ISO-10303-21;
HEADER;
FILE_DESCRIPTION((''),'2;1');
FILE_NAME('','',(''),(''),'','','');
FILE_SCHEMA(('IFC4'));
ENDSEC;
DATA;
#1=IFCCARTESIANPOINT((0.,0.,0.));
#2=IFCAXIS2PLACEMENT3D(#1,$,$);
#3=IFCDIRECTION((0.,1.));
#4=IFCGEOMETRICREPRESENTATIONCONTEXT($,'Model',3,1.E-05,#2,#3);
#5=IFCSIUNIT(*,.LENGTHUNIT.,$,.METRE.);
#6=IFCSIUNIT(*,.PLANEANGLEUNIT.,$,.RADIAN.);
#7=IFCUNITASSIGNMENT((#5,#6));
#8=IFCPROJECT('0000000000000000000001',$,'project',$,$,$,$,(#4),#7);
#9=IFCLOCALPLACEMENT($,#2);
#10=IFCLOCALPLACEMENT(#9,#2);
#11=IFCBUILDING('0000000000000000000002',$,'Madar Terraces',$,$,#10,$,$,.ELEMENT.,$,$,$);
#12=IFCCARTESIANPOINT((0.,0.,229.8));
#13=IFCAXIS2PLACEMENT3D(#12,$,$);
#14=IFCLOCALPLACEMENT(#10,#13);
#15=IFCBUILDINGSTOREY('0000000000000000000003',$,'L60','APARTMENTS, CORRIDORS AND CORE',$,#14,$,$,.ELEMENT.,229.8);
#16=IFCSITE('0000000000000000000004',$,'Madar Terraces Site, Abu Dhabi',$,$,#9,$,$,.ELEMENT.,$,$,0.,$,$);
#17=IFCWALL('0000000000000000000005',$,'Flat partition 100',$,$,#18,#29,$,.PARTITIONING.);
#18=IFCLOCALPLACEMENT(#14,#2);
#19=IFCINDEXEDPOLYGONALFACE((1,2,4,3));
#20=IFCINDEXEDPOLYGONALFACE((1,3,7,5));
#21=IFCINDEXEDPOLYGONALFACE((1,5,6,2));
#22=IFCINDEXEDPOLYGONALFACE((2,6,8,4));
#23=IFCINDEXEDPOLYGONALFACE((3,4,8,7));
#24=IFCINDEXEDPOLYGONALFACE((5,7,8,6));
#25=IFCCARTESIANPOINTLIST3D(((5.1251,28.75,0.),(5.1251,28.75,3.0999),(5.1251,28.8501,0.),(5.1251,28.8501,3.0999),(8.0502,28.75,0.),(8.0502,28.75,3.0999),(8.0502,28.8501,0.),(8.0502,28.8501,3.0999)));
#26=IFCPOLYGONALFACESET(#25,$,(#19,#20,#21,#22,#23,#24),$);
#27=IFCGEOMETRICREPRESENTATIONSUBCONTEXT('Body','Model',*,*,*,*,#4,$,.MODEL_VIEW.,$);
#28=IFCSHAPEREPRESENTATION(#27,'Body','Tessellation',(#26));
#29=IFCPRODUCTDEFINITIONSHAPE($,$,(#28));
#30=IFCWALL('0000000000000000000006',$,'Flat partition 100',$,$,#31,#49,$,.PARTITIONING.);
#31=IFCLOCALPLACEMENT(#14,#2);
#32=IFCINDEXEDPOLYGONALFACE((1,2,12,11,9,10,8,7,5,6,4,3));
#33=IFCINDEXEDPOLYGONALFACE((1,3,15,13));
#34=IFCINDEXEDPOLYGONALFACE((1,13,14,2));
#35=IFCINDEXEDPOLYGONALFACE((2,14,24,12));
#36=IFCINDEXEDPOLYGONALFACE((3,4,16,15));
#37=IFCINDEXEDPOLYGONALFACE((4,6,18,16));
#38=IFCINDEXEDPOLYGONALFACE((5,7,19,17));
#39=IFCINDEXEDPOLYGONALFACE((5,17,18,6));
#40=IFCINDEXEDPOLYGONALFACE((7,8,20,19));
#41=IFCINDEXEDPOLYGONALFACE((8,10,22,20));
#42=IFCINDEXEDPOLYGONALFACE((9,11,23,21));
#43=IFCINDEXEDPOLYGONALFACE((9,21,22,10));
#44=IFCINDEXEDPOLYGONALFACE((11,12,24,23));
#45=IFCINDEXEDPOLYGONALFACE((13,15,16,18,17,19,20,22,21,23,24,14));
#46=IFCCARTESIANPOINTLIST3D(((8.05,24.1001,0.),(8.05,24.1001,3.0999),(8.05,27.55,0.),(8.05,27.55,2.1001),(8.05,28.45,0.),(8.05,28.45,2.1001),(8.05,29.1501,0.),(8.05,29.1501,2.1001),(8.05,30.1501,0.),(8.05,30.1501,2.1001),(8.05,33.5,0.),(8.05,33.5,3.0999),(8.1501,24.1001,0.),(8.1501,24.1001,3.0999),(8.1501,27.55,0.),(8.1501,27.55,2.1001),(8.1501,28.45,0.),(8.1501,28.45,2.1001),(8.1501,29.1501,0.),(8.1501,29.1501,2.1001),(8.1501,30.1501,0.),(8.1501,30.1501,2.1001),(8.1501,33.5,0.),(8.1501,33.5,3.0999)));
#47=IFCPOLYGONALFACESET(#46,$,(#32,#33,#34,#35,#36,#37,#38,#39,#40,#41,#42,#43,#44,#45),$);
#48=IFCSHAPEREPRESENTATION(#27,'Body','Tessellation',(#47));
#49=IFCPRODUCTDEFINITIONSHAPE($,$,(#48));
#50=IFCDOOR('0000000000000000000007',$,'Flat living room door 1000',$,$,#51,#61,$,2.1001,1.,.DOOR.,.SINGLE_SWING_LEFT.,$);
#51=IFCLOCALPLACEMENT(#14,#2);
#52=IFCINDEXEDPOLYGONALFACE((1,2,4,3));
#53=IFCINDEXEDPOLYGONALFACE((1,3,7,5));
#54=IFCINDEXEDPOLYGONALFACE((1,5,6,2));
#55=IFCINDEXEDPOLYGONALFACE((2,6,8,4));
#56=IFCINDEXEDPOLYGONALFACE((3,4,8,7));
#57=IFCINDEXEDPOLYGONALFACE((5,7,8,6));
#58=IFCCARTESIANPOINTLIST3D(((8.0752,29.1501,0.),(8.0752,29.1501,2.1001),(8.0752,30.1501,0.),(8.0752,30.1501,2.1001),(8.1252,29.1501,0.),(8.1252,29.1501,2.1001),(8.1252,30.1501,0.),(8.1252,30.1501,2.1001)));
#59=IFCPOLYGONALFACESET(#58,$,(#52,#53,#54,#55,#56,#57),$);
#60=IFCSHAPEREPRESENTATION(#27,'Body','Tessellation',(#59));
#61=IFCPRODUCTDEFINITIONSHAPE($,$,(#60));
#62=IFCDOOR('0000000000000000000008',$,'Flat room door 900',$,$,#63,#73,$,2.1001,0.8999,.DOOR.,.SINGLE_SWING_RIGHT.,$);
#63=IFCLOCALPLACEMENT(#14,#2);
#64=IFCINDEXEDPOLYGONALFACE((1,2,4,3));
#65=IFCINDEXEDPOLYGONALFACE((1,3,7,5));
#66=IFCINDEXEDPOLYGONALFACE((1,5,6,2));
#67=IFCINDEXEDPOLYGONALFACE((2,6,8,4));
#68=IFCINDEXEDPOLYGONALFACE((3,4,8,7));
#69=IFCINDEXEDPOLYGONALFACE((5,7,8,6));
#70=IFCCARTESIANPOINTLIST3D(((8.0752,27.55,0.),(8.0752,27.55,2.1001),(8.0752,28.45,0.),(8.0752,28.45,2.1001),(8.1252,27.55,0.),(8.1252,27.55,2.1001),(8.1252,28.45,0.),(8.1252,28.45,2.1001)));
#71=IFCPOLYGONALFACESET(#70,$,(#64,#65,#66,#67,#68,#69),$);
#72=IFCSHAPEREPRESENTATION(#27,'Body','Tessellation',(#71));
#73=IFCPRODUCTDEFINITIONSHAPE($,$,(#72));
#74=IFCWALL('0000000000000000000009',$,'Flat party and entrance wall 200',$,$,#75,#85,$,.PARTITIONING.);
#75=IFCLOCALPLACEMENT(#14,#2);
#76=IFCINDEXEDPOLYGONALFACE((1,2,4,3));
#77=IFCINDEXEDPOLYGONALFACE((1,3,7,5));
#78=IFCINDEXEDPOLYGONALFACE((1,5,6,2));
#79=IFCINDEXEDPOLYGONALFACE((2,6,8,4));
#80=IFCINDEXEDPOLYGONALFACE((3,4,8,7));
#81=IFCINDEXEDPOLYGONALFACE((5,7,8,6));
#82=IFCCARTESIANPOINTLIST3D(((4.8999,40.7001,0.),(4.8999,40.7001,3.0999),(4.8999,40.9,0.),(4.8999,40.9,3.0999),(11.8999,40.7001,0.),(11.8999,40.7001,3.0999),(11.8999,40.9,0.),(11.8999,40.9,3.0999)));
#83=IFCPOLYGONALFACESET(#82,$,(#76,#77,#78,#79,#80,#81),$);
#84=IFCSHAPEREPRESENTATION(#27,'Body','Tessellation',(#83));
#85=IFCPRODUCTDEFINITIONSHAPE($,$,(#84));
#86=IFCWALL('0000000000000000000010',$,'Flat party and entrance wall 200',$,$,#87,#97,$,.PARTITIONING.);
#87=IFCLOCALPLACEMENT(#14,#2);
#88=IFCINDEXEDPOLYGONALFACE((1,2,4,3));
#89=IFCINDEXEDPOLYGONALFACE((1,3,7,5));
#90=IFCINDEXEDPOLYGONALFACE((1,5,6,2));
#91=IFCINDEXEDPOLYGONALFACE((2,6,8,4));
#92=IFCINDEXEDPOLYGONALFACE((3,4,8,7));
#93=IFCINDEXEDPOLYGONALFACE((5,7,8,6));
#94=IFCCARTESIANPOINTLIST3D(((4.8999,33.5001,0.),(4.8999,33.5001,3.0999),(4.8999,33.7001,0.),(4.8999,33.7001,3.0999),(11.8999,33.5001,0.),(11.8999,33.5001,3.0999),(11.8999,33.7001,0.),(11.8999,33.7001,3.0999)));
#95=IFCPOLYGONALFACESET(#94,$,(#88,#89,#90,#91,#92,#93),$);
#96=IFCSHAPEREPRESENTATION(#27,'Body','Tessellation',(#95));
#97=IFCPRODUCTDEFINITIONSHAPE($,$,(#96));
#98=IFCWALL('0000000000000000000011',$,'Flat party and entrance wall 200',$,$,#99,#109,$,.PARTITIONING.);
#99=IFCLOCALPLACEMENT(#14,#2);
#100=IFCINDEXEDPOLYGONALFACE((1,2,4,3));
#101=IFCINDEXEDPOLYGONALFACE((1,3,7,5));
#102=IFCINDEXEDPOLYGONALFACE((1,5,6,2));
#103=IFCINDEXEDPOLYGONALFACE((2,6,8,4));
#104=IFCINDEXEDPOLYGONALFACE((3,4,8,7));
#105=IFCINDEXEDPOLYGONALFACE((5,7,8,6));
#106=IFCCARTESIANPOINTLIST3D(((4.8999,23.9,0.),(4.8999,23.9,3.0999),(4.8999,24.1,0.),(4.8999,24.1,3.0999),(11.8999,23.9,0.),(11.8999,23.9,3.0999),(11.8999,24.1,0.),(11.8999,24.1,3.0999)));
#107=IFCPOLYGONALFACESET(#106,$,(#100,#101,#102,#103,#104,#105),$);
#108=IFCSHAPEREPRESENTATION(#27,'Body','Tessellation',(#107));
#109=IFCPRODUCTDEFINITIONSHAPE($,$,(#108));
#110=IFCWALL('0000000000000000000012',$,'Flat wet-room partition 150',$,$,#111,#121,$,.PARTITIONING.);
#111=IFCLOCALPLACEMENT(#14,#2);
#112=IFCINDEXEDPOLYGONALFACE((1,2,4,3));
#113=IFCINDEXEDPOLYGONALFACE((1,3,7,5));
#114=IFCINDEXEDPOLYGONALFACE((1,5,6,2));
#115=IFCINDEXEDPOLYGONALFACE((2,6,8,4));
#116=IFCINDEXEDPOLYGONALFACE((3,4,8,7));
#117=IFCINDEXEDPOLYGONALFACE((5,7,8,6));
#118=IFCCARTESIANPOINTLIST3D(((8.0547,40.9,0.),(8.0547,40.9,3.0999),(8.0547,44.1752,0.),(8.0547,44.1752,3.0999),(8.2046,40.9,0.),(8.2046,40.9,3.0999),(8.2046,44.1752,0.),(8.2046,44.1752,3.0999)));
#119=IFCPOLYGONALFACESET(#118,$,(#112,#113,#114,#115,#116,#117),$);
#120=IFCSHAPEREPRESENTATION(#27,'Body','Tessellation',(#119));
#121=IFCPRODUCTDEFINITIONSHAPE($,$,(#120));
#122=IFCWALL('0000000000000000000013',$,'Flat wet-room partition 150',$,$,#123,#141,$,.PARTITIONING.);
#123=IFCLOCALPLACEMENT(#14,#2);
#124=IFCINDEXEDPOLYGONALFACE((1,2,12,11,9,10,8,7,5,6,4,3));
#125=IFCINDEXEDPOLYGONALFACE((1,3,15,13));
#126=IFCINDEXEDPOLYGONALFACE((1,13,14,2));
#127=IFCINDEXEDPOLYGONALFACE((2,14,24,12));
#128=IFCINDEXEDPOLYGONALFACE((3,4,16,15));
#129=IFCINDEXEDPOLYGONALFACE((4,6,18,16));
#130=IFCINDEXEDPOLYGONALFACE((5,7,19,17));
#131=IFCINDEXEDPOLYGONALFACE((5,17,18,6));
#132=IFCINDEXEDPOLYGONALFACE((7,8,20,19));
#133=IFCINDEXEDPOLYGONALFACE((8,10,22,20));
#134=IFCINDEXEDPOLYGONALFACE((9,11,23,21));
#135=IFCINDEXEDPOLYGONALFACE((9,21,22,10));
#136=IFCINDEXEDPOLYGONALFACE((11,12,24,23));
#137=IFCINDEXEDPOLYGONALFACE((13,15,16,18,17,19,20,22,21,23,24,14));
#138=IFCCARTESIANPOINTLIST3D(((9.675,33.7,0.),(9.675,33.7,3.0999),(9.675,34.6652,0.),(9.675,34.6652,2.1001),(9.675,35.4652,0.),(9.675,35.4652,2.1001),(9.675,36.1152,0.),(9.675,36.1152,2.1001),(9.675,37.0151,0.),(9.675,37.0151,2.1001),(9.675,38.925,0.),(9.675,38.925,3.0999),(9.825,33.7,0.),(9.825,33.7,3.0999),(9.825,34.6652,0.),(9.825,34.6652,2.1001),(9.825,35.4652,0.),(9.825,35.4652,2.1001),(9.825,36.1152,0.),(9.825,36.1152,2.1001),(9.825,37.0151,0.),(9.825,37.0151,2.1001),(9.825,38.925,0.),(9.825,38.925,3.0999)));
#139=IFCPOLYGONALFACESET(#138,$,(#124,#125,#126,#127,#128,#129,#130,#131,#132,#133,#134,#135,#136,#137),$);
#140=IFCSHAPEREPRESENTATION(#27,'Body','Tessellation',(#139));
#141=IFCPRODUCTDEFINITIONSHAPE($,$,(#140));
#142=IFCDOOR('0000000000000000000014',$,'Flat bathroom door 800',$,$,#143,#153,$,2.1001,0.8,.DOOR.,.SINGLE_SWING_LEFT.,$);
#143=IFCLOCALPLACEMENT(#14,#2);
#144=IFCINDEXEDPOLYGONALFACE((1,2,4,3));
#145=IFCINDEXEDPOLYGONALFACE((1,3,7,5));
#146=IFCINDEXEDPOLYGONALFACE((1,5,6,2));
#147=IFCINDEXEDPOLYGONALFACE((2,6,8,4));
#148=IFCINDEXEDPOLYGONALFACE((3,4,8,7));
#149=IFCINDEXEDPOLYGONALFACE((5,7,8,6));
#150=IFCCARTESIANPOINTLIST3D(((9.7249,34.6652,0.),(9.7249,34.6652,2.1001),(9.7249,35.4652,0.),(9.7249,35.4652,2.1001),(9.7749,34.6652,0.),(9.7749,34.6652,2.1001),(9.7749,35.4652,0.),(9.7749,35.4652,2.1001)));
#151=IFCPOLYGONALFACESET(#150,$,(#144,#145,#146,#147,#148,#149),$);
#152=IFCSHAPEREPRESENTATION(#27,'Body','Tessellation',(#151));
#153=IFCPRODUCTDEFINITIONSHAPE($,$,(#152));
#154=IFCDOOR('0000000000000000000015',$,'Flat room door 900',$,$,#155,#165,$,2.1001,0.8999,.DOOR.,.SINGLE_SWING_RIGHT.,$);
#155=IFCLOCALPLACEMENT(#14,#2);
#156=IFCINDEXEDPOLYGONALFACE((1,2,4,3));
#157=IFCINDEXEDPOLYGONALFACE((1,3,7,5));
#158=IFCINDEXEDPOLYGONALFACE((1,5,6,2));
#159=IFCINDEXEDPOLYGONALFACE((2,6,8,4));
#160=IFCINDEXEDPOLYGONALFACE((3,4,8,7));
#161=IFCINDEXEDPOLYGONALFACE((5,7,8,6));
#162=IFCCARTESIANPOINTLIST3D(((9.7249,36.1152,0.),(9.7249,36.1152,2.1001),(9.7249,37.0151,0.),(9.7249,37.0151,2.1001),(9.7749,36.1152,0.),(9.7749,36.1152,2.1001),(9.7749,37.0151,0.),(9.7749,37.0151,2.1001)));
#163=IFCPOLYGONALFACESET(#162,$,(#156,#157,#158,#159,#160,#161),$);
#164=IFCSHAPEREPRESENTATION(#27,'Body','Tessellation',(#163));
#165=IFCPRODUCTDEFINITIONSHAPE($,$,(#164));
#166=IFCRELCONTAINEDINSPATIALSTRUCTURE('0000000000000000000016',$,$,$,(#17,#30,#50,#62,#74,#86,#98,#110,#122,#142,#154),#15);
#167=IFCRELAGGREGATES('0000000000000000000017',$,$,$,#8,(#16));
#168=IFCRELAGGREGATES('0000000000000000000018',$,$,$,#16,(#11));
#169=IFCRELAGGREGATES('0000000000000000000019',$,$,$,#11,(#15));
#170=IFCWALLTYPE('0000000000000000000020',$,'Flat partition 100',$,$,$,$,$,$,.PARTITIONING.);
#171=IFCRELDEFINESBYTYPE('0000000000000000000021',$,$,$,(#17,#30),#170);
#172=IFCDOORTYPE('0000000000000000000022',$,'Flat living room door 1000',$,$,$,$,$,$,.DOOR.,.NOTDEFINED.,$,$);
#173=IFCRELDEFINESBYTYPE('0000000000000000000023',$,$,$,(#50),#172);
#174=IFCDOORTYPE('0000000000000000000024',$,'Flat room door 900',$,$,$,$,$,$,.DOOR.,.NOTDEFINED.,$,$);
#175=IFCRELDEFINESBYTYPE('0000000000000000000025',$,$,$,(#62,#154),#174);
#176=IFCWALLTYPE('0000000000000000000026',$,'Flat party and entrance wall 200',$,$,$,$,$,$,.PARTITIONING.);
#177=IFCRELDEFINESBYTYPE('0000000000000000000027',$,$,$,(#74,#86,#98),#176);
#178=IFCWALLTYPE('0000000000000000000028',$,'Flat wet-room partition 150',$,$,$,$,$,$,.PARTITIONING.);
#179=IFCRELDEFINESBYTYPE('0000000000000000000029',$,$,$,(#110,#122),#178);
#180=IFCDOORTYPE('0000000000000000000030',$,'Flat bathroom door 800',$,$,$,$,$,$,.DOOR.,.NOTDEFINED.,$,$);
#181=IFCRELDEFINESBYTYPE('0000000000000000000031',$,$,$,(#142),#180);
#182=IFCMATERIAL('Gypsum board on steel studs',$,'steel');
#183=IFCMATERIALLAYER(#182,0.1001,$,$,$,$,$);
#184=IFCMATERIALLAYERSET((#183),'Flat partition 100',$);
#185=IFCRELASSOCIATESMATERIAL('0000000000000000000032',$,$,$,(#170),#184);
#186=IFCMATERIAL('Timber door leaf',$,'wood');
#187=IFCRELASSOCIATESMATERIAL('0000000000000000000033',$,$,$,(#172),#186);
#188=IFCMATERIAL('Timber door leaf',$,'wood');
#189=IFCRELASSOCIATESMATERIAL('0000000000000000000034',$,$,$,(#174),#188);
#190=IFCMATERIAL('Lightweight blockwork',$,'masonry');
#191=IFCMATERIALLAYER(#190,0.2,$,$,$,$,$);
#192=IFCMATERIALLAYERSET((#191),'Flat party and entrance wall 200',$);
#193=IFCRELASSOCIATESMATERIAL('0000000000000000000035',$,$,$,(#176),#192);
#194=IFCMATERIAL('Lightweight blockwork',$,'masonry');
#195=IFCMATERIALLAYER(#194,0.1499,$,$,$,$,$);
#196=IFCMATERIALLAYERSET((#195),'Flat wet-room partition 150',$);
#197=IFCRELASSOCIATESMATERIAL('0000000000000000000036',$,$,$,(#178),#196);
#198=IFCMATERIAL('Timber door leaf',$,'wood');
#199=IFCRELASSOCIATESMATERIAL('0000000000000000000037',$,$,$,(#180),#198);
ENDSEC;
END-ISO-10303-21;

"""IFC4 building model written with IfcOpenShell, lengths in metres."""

from ifc_helpers import new_model, si_unit, direction, frame, frame_2d, origin, place, context, subcontext, project, spatial, rectangle, extrude, material, layer, layer_set, type_object, element, fill, save


model = new_model("IFC4")

# Units and contexts
model_context = context("Model", 3, precision=1e-05, world=origin(), true_north=direction((0.0, 1.0)))
body_context = subcontext(model_context, "Body", "Model", "MODEL_VIEW")
ifc_project = project(units=[si_unit("LENGTHUNIT", "METRE"), si_unit("PLANEANGLEUNIT", "RADIAN")], contexts=[model_context])

# Site, building, storey
site_placement = place(None, origin())
site = spatial("IfcSite", under=ifc_project, at=site_placement, Name="Madar Terraces Site, Abu Dhabi", CompositionType="ELEMENT", RefElevation=0.0)
building_placement = place(site_placement, origin())
building = spatial("IfcBuilding", under=site, at=building_placement, Name="Madar Terraces", CompositionType="ELEMENT")
storey_placement = place(building_placement, frame((0.0, 0.0, 229.8)))
storey = spatial("IfcBuildingStorey", under=building, at=storey_placement, Name="L60", Description="APARTMENTS, CORRIDORS AND CORE", CompositionType="ELEMENT", Elevation=229.8)

# Shared definitions
ifc_material_1 = material(Name="Gypsum board on steel studs", Category="steel")
ifc_layer_1 = layer(ifc_material_1, 0.1001)
ifc_layer_set_1 = layer_set([ifc_layer_1], Name="Flat partition 100")
wall_type_1 = type_object("IfcWallType", Name="Flat partition 100", PredefinedType="PARTITIONING", material=ifc_layer_set_1)
ifc_material_2 = material(Name="Timber door leaf", Category="wood")
door_type_1 = type_object("IfcDoorType", Name="Flat living room door 1000", OperationType="NOTDEFINED", PredefinedType="DOOR", material=ifc_material_2)

# Wall
wall_1_placement = place(storey_placement, frame((8.05, 28.8, 0.0), z_axis=(0.0, 0.0, 1.0), x_axis=(-1.0, 0.0, 0.0)))
element("IfcWall", 1, at=wall_1_placement, inside=storey, type_object=wall_type_1, Name="Flat partition 100", PredefinedType="PARTITIONING", context=body_context, shape_type="SweptSolid", body=[
    extrude(rectangle(XDim=2.925, YDim=0.1001, at=frame_2d((1.4624, 0.0))), origin(), (0.0, 0.0, 1.0), 3.0999),
])

# Wall, openings, doors
wall_2_placement = place(storey_placement, frame((8.1001, 24.1001, 0.0), z_axis=(0.0, 0.0, 1.0), x_axis=(0.0, 1.0, 0.0)))
wall_2 = element("IfcWall", 2, at=wall_2_placement, inside=storey, type_object=wall_type_1, Name="Flat partition 100", PredefinedType="PARTITIONING", context=body_context, shape_type="SweptSolid", body=[
    extrude(rectangle(XDim=9.3999, YDim=0.1001, at=frame_2d((4.7, 0.0))), origin(), (0.0, 0.0, 1.0), 3.0999),
])
opening_1_placement = place(wall_2_placement, frame((5.05, 0.0, 0.0)))
opening_1 = element("IfcOpeningElement", 3, at=opening_1_placement, cuts=wall_2, PredefinedType="OPENING", context=body_context, shape_type="SweptSolid", body=[
    extrude(rectangle(XDim=1.0, YDim=2.1001, at=frame_2d((0.5, 1.05))), frame((0.0, 0.0601, 0.0), z_axis=(0.0, -1.0, 0.0), x_axis=(1.0, 0.0, 0.0)), (0.0, 0.0, 1.0), 0.1201),
])
opening_2_placement = place(wall_2_placement, frame((3.45, 0.0, 0.0)))
opening_2 = element("IfcOpeningElement", 4, at=opening_2_placement, cuts=wall_2, PredefinedType="OPENING", context=body_context, shape_type="SweptSolid", body=[
    extrude(rectangle(XDim=0.8999, YDim=2.1001, at=frame_2d((0.45, 1.05))), frame((0.0, 0.0601, 0.0), z_axis=(0.0, -1.0, 0.0), x_axis=(1.0, 0.0, 0.0)), (0.0, 0.0, 1.0), 0.1201),
])
door_1_placement = place(opening_1_placement, origin())
door_1 = element("IfcDoor", 5, at=door_1_placement, inside=storey, type_object=door_type_1, Name="Flat living room door 1000", OperationType="SINGLE_SWING_LEFT", OverallHeight=2.1001, OverallWidth=1.0, PredefinedType="DOOR", context=body_context, shape_type="SweptSolid", body=[
    extrude(rectangle(XDim=1.0, YDim=2.1001, at=frame_2d((0.5, 1.05))), frame((0.0, 0.0249, 0.0), z_axis=(0.0, -1.0, 0.0), x_axis=(1.0, 0.0, 0.0)), (0.0, 0.0, 1.0), 0.05),
])
fill(opening_1, door_1)
ifc_material_3 = material(Name="Timber door leaf", Category="wood")
door_type_2 = type_object("IfcDoorType", Name="Flat room door 900", OperationType="NOTDEFINED", PredefinedType="DOOR", material=ifc_material_3)
door_2_placement = place(opening_2_placement, origin())
door_2 = element("IfcDoor", 6, at=door_2_placement, inside=storey, type_object=door_type_2, Name="Flat room door 900", OperationType="SINGLE_SWING_RIGHT", OverallHeight=2.1001, OverallWidth=0.8999, PredefinedType="DOOR", context=body_context, shape_type="SweptSolid", body=[
    extrude(rectangle(XDim=0.8999, YDim=2.1001, at=frame_2d((0.45, 1.05))), frame((0.0, 0.0249, 0.0), z_axis=(0.0, -1.0, 0.0), x_axis=(1.0, 0.0, 0.0)), (0.0, 0.0, 1.0), 0.05),
])
fill(opening_2, door_2)

# Walls
ifc_material_4 = material(Name="Lightweight blockwork", Category="masonry")
ifc_layer_2 = layer(ifc_material_4, 0.2)
ifc_layer_set_2 = layer_set([ifc_layer_2], Name="Flat party and entrance wall 200")
wall_type_2 = type_object("IfcWallType", Name="Flat party and entrance wall 200", PredefinedType="PARTITIONING", material=ifc_layer_set_2)
for number, where, z_axis, x_axis, name in (
    (7, (4.8999, 40.8, 0.0), (0.0, 0.0, 1.0), (1.0, 0.0, 0.0), "Flat party and entrance wall 200"),
    (8, (4.8999, 33.6001, 0.0), (0.0, 0.0, 1.0), (1.0, 0.0, 0.0), "Flat party and entrance wall 200"),
    (9, (4.8999, 24.0, 0.0), (0.0, 0.0, 1.0), (1.0, 0.0, 0.0), "Flat party and entrance wall 200"),
):
    element("IfcWall", number, at=place(storey_placement, frame(where, z_axis=z_axis, x_axis=x_axis)), inside=storey, type_object=wall_type_2, Name=name, PredefinedType="PARTITIONING", context=body_context, shape_type="SweptSolid", body=[
        extrude(rectangle(XDim=7.0, YDim=0.2, at=frame_2d((3.5, 0.0))), origin(), (0.0, 0.0, 1.0), 3.0999),
    ])
ifc_material_5 = material(Name="Lightweight blockwork", Category="masonry")
ifc_layer_3 = layer(ifc_material_5, 0.1499)
ifc_layer_set_3 = layer_set([ifc_layer_3], Name="Flat wet-room partition 150")
wall_type_3 = type_object("IfcWallType", Name="Flat wet-room partition 150", PredefinedType="PARTITIONING", material=ifc_layer_set_3)
wall_3_placement = place(storey_placement, frame((8.1296, 40.8999, 0.0), z_axis=(0.0, 0.0, 1.0), x_axis=(0.0, 1.0, 0.0)))
element("IfcWall", 10, at=wall_3_placement, inside=storey, type_object=wall_type_3, Name="Flat wet-room partition 150", PredefinedType="PARTITIONING", context=body_context, shape_type="SweptSolid", body=[
    extrude(rectangle(XDim=3.2751, YDim=0.1499, at=frame_2d((1.6377, 0.0))), origin(), (0.0, 0.0, 1.0), 3.0999),
])

# Wall, openings, doors
wall_4_placement = place(storey_placement, frame((9.75, 38.925, 0.0), z_axis=(0.0, 0.0, 1.0), x_axis=(0.0, -1.0, 0.0)))
wall_4 = element("IfcWall", 11, at=wall_4_placement, inside=storey, type_object=wall_type_3, Name="Flat wet-room partition 150", PredefinedType="PARTITIONING", context=body_context, shape_type="SweptSolid", body=[
    extrude(rectangle(XDim=5.2251, YDim=0.1499, at=frame_2d((2.6125, 0.0))), origin(), (0.0, 0.0, 1.0), 3.0999),
])
opening_3_placement = place(wall_4_placement, frame((1.9099, 0.0, 0.0)))
opening_3 = element("IfcOpeningElement", 12, at=opening_3_placement, cuts=wall_4, PredefinedType="OPENING", context=body_context, shape_type="SweptSolid", body=[
    extrude(rectangle(XDim=0.8999, YDim=2.1001, at=frame_2d((0.45, 1.05))), frame((0.0, 0.085, 0.0), z_axis=(0.0, -1.0, 0.0), x_axis=(1.0, 0.0, 0.0)), (0.0, 0.0, 1.0), 0.1699),
])
opening_4_placement = place(wall_4_placement, frame((3.46, 0.0, 0.0)))
opening_4 = element("IfcOpeningElement", 13, at=opening_4_placement, cuts=wall_4, PredefinedType="OPENING", context=body_context, shape_type="SweptSolid", body=[
    extrude(rectangle(XDim=0.8, YDim=2.1001, at=frame_2d((0.3999, 1.05))), frame((0.0, 0.085, 0.0), z_axis=(0.0, -1.0, 0.0), x_axis=(1.0, 0.0, 0.0)), (0.0, 0.0, 1.0), 0.1699),
])
ifc_material_6 = material(Name="Timber door leaf", Category="wood")
door_type_3 = type_object("IfcDoorType", Name="Flat bathroom door 800", OperationType="NOTDEFINED", PredefinedType="DOOR", material=ifc_material_6)
door_3_placement = place(opening_4_placement, origin())
door_3 = element("IfcDoor", 14, at=door_3_placement, inside=storey, type_object=door_type_3, Name="Flat bathroom door 800", OperationType="SINGLE_SWING_LEFT", OverallHeight=2.1001, OverallWidth=0.8, PredefinedType="DOOR", context=body_context, shape_type="SweptSolid", body=[
    extrude(rectangle(XDim=0.8, YDim=2.1001, at=frame_2d((0.3999, 1.05))), frame((0.0, 0.0249, 0.0), z_axis=(0.0, -1.0, 0.0), x_axis=(1.0, 0.0, 0.0)), (0.0, 0.0, 1.0), 0.05),
])
fill(opening_4, door_3)
door_4_placement = place(opening_3_placement, origin())
door_4 = element("IfcDoor", 15, at=door_4_placement, inside=storey, type_object=door_type_2, Name="Flat room door 900", OperationType="SINGLE_SWING_RIGHT", OverallHeight=2.1001, OverallWidth=0.8999, PredefinedType="DOOR", context=body_context, shape_type="SweptSolid", body=[
    extrude(rectangle(XDim=0.8999, YDim=2.1001, at=frame_2d((0.45, 1.05))), frame((0.0, 0.0249, 0.0), z_axis=(0.0, -1.0, 0.0), x_axis=(1.0, 0.0, 0.0)), (0.0, 0.0, 1.0), 0.05),
])
fill(opening_3, door_4)

save(model, "model.ifc")
